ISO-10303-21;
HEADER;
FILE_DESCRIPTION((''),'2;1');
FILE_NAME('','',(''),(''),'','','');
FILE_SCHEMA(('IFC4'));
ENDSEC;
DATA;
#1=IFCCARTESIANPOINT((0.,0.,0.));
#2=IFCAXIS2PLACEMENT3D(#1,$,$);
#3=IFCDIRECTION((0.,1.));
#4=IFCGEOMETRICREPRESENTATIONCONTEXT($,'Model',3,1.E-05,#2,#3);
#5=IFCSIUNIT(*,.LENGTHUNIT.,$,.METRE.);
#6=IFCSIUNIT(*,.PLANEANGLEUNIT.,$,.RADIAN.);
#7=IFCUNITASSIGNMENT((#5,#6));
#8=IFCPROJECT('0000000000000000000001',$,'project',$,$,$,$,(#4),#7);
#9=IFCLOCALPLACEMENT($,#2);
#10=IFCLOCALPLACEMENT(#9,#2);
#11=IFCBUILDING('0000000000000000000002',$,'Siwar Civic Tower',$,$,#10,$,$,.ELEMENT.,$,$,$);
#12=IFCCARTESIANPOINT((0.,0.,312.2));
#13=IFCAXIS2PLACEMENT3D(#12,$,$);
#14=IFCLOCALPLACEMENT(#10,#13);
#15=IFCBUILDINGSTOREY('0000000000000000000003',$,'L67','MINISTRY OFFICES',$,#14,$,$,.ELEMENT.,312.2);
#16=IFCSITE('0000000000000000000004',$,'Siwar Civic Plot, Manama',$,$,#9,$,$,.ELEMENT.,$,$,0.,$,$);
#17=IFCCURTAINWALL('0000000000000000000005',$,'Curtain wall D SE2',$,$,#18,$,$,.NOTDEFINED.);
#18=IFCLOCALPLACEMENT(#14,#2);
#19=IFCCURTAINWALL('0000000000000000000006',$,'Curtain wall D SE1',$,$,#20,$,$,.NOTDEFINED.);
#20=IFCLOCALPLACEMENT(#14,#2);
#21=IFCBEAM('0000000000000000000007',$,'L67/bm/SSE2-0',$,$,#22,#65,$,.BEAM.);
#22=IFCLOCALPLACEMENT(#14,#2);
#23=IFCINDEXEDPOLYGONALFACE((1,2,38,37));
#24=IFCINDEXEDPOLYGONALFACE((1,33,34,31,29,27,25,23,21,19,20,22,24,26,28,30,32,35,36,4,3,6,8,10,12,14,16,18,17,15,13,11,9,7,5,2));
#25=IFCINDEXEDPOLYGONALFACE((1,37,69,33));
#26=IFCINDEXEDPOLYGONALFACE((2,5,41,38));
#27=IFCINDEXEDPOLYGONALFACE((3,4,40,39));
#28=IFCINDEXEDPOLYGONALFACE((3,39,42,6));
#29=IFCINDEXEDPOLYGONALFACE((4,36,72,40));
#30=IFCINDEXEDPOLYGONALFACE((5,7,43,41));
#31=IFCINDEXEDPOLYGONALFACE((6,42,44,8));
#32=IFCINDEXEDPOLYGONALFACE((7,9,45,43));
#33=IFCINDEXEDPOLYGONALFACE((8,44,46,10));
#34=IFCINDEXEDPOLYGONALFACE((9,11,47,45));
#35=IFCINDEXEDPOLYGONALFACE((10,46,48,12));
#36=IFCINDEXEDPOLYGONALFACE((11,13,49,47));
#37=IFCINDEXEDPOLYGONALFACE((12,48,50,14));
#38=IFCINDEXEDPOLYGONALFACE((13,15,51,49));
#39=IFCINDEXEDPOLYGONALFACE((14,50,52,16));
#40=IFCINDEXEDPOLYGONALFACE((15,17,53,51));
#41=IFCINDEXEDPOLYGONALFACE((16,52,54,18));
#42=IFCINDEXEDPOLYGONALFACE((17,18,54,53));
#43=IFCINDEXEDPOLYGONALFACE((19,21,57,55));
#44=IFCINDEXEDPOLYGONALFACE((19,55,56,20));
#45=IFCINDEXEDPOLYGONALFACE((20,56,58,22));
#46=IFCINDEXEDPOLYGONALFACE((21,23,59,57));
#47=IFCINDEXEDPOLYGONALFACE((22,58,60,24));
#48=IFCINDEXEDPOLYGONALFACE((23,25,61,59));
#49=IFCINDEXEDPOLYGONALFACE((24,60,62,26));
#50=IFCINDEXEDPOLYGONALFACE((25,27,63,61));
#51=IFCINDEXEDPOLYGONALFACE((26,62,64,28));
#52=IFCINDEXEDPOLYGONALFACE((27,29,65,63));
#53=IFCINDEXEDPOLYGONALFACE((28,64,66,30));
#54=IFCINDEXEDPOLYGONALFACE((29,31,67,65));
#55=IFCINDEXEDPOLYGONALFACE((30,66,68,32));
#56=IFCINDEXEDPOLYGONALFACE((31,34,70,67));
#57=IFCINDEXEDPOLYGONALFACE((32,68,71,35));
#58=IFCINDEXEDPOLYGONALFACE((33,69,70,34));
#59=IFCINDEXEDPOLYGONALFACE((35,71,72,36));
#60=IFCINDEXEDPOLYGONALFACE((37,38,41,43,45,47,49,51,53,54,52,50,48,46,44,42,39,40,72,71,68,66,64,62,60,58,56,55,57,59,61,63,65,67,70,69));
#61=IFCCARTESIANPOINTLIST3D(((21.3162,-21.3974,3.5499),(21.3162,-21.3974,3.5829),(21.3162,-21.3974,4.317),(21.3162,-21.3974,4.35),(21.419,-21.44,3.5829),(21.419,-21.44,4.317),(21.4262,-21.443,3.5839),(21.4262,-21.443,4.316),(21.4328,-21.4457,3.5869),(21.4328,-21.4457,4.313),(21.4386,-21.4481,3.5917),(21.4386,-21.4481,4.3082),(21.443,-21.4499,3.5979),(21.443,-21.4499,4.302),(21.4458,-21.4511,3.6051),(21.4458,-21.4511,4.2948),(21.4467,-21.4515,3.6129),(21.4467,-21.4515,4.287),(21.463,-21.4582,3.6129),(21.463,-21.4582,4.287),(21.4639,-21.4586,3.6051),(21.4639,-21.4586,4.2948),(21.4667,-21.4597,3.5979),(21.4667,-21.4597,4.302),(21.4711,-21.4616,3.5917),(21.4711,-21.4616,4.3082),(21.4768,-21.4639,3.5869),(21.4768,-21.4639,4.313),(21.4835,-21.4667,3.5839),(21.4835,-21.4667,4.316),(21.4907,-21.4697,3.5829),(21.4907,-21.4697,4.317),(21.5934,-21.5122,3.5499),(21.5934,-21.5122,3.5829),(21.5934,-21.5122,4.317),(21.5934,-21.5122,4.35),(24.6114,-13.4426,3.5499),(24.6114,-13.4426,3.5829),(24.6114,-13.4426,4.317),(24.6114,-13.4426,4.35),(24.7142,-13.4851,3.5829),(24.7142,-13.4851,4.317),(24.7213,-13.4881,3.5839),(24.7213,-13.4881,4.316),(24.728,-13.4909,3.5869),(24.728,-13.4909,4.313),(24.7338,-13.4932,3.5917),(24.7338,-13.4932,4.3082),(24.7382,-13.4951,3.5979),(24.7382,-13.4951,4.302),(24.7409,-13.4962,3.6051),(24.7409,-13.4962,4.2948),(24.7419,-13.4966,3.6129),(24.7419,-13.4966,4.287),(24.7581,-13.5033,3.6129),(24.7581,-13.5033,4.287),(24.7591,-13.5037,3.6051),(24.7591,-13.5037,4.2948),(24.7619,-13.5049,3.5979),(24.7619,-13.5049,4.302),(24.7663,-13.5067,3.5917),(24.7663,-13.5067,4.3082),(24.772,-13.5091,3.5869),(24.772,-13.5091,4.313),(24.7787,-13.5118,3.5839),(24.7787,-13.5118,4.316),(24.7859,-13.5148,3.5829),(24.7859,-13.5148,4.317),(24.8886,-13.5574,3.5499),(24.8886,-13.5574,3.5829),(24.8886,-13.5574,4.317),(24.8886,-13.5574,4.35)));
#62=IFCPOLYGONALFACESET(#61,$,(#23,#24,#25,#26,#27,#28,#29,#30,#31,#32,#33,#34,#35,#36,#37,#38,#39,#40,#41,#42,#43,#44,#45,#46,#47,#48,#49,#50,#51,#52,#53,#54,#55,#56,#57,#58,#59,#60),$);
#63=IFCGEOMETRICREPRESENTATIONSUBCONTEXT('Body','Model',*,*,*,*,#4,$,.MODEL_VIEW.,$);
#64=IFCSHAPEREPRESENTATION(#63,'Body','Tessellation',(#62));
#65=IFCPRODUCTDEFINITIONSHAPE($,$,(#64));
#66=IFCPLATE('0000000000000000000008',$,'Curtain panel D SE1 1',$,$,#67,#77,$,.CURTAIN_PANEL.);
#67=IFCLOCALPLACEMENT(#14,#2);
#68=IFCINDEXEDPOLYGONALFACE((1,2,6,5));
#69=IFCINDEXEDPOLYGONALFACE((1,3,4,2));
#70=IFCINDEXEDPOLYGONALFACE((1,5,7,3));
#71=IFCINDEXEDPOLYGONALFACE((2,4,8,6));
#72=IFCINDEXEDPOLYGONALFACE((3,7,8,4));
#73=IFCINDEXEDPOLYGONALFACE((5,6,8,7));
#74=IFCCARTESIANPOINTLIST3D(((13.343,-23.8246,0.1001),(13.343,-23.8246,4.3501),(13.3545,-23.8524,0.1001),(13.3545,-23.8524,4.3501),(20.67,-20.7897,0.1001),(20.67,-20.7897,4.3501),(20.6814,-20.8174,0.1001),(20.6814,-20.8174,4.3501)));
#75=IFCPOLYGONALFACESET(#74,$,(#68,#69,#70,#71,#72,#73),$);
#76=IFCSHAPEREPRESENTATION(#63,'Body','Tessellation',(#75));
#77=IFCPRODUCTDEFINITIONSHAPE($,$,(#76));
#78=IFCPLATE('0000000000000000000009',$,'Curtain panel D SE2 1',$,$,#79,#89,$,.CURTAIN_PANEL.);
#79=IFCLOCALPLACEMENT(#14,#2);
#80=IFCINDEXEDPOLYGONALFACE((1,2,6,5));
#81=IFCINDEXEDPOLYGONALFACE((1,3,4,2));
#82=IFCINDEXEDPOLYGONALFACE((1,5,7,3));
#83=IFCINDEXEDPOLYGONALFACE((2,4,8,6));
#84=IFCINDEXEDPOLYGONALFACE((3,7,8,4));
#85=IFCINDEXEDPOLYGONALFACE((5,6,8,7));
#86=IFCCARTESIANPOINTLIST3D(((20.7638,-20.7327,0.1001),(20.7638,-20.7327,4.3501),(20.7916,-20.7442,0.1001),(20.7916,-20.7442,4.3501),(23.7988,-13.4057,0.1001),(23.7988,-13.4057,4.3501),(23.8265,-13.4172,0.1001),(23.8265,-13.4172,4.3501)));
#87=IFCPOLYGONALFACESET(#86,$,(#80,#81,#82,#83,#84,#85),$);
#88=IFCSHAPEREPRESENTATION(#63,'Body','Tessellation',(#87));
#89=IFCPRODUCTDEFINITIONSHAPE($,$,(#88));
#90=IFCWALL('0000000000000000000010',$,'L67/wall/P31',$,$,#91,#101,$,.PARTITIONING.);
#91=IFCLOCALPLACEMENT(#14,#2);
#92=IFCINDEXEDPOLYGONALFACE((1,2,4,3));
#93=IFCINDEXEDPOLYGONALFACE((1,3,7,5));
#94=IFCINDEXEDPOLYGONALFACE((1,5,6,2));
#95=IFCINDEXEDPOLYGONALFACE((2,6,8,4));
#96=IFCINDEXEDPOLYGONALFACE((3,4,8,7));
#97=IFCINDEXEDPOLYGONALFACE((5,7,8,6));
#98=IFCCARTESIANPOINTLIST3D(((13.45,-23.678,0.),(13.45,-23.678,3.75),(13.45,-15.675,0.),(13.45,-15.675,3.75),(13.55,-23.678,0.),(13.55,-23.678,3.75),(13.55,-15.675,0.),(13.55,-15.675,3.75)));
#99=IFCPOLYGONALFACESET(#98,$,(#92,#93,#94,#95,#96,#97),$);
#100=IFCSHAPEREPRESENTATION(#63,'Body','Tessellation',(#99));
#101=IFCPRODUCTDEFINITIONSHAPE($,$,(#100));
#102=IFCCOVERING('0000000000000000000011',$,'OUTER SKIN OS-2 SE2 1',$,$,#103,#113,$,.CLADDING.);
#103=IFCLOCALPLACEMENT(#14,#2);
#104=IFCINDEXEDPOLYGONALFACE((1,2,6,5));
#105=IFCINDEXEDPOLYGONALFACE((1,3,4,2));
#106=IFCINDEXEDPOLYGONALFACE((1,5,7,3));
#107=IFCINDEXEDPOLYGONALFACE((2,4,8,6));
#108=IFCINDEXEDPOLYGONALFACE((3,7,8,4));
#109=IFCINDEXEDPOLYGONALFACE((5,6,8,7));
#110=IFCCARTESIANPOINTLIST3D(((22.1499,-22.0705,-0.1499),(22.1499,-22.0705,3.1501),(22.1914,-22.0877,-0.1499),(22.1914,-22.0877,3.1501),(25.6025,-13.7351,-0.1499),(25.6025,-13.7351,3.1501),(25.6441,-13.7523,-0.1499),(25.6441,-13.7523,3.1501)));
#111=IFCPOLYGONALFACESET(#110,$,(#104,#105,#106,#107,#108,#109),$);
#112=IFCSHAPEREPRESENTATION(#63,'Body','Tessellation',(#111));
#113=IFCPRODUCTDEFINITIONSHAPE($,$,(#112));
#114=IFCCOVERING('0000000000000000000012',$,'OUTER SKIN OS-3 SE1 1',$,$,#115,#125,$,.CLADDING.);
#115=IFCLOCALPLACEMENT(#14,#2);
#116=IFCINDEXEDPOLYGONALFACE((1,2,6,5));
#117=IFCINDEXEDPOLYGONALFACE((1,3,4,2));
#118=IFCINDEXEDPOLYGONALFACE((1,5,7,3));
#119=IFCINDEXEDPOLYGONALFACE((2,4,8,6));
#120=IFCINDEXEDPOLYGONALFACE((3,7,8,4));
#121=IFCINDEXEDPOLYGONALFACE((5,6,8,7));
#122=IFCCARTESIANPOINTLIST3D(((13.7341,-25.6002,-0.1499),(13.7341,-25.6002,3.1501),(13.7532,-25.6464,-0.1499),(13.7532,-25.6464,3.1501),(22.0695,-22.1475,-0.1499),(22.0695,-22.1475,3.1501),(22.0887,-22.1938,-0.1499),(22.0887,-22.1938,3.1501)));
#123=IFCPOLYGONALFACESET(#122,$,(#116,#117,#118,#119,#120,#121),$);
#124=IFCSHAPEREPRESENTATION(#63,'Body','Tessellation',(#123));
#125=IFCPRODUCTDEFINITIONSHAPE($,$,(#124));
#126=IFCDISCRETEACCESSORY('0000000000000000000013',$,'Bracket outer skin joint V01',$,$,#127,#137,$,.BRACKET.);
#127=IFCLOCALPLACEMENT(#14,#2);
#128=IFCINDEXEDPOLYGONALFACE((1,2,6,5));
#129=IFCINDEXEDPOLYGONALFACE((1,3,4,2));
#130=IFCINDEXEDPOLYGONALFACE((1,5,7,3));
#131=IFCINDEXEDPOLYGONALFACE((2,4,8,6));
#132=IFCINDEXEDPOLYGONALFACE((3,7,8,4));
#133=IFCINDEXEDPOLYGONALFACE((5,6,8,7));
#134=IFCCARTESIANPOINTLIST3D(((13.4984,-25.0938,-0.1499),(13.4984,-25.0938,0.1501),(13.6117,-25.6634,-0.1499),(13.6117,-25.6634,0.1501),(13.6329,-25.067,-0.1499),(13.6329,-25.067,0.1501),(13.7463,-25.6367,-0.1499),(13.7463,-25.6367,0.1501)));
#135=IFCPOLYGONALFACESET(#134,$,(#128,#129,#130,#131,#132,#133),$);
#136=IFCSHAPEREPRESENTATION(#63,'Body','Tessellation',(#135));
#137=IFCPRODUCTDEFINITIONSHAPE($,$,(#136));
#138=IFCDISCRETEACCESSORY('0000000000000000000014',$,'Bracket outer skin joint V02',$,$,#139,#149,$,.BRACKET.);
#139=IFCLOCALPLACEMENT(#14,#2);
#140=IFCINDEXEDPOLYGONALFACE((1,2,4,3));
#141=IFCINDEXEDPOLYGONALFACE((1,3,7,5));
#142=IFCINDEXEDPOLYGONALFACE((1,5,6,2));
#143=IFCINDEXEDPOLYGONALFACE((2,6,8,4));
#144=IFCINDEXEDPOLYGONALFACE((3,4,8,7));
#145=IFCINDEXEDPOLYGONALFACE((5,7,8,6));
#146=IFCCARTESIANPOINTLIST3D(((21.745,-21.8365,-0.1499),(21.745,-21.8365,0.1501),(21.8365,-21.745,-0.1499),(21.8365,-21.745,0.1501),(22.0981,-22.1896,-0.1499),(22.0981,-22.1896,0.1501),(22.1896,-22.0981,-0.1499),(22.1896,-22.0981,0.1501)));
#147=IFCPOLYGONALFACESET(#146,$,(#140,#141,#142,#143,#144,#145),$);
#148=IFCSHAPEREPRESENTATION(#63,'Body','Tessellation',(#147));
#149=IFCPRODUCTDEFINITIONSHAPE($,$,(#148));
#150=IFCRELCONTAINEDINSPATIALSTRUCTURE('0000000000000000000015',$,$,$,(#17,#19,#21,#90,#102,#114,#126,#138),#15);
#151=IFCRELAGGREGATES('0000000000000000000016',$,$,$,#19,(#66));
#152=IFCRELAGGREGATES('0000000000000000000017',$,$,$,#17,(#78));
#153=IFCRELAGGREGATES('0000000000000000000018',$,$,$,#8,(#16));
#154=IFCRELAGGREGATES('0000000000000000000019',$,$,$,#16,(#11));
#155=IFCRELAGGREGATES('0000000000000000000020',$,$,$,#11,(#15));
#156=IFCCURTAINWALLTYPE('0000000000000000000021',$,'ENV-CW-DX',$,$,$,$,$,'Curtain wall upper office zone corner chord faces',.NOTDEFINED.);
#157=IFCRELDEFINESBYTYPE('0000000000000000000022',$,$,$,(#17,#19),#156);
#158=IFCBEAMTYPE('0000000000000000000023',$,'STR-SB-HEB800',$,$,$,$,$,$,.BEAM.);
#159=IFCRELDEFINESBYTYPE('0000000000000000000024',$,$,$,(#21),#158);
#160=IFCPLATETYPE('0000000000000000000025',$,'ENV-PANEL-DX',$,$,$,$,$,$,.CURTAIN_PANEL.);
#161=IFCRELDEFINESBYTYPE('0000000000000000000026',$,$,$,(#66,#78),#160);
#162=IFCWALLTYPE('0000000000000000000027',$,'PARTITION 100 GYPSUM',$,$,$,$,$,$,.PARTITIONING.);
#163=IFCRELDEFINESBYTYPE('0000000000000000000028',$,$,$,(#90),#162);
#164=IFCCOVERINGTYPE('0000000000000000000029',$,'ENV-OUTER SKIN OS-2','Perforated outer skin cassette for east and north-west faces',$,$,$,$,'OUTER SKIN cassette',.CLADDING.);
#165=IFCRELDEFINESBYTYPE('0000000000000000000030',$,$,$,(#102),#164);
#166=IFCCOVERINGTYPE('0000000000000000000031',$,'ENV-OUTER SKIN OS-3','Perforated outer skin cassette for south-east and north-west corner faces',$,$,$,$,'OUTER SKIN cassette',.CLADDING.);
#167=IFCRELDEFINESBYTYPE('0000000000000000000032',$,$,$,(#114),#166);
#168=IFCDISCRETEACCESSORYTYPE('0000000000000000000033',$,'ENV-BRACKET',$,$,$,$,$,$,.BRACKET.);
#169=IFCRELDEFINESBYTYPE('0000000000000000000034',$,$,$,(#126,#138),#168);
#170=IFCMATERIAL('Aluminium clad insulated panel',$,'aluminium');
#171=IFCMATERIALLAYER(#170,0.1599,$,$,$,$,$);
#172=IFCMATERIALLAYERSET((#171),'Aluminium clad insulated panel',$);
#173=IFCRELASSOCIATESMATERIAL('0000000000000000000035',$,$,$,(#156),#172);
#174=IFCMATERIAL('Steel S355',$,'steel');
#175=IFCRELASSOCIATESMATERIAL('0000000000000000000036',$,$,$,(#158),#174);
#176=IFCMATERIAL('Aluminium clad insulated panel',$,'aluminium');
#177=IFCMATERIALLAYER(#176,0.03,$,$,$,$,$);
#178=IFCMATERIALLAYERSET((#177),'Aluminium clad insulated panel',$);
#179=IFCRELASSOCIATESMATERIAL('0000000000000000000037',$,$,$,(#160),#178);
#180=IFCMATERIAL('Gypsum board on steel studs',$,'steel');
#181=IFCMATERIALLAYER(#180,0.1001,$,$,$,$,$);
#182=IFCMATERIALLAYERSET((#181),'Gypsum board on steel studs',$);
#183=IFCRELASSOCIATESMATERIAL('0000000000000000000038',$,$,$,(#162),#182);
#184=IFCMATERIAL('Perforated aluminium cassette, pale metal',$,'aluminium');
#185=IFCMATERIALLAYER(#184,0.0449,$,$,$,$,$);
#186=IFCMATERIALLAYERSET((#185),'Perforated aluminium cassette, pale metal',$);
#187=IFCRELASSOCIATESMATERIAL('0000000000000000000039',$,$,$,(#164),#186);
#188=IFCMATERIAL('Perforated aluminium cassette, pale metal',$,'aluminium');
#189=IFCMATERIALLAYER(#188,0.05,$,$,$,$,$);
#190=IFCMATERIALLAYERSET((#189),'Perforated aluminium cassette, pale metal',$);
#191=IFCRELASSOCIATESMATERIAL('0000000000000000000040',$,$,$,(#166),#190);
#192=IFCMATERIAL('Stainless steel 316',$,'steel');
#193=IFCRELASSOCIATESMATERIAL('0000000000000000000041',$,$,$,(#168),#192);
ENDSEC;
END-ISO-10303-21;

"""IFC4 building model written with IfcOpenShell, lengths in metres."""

from ifc_helpers import new_model, si_unit, direction, frame, frame_2d, origin, origin_2d, place, context, subcontext, project, spatial, rectangle, i_section, extrude, material, layer, layer_set, material_profile, profile_set, type_object, element, aggregate, save


model = new_model("IFC4")

# Units and contexts
model_context = context("Model", 3, precision=1e-05, world=origin(), true_north=direction((0.0, 1.0)))
body_context = subcontext(model_context, "Body", "Model", "MODEL_VIEW")
ifc_project = project(units=[si_unit("LENGTHUNIT", "METRE"), si_unit("PLANEANGLEUNIT", "RADIAN")], contexts=[model_context])

# Site, building, storey
site_placement = place(None, origin())
site = spatial("IfcSite", under=ifc_project, at=site_placement, Name="Siwar Civic Plot, Manama", CompositionType="ELEMENT", RefElevation=0.0)
building_placement = place(site_placement, origin())
building = spatial("IfcBuilding", under=site, at=building_placement, Name="Siwar Civic Tower", CompositionType="ELEMENT")
storey_placement = place(building_placement, frame((0.0, 0.0, 312.2)))
storey = spatial("IfcBuildingStorey", under=building, at=storey_placement, Name="L67", Description="MINISTRY OFFICES", CompositionType="ELEMENT", Elevation=312.2)

# Curtain walls
ifc_material_1 = material(Name="Aluminium clad insulated panel", Category="aluminium")
ifc_layer_1 = layer(ifc_material_1, 0.1599)
ifc_layer_set_1 = layer_set([ifc_layer_1], Name="Aluminium clad insulated panel")
curtain_wall_type = type_object("IfcCurtainWallType", Name="ENV-CW-DX", ElementType="Curtain wall upper office zone corner chord faces", PredefinedType="NOTDEFINED", material=ifc_layer_set_1)
curtain_wall_1_placement = place(storey_placement, origin())
curtain_wall_1 = element("IfcCurtainWall", 1, at=curtain_wall_1_placement, inside=storey, type_object=curtain_wall_type, Name="Curtain wall D SE2", PredefinedType="NOTDEFINED")
curtain_wall_2_placement = place(storey_placement, origin())
curtain_wall_2 = element("IfcCurtainWall", 2, at=curtain_wall_2_placement, inside=storey, type_object=curtain_wall_type, Name="Curtain wall D SE1", PredefinedType="NOTDEFINED")

# Beam
ifc_material_2 = material(Name="Steel S355", Category="steel")
ifc_material_profile_1 = material_profile(ifc_material_2, i_section(OverallWidth=0.3, OverallDepth=0.8, WebThickness=0.0176, FlangeThickness=0.033, FilletRadius=0.03, at=origin_2d()), Name="HEB800")
ifc_profile_set_1 = profile_set([ifc_material_profile_1], Name="Steel S355")
beam_type_1 = type_object("IfcBeamType", Name="STR-SB-HEB800", PredefinedType="BEAM", material=ifc_profile_set_1)
for number, where, z_axis, x_axis, name in (
    (3, (21.4548, -21.4548, 3.95), (0.3827, 0.923873, 0.0), (-0.923873, 0.3827, 0.0), "L67/bm/SSE2-0"),
):
    element("IfcBeam", number, at=place(storey_placement, frame(where, z_axis=z_axis, x_axis=x_axis)), inside=storey, type_object=beam_type_1, Name=name, PredefinedType="BEAM", context=body_context, shape_type="SweptSolid", body=[
        extrude(i_section(OverallWidth=0.3, OverallDepth=0.8, WebThickness=0.0176, FlangeThickness=0.033, FilletRadius=0.03, at=origin_2d()), origin(), (0.0, 0.0, 1.0), 8.6104),
    ])

# Plates
ifc_material_3 = material(Name="Aluminium clad insulated panel", Category="aluminium")
ifc_layer_2 = layer(ifc_material_3, 0.03)
ifc_layer_set_2 = layer_set([ifc_layer_2], Name="Aluminium clad insulated panel")
plate_type = type_object("IfcPlateType", Name="ENV-PANEL-DX", PredefinedType="CURTAIN_PANEL", material=ifc_layer_set_2)
plate_1_placement = place(storey_placement, frame((17.0122, -22.321, 0.1001), z_axis=(0.0, 0.0, 1.0), x_axis=(0.92388, 0.382683, 0.0)))
plate_1 = element("IfcPlate", 4, at=plate_1_placement, type_object=plate_type, Name="Curtain panel D SE1 1", PredefinedType="CURTAIN_PANEL", context=body_context, shape_type="SweptSolid", body=[
    extrude(rectangle(XDim=7.9307, YDim=0.03, at=origin_2d()), origin(), (0.0, 0.0, 1.0), 4.25),
])
aggregate(curtain_wall_2, [plate_1])
plate_2_placement = place(storey_placement, frame((22.2952, -17.075, 0.1001), z_axis=(0.0, 0.0, 1.0), x_axis=(0.382683, 0.92388, 0.0)))
plate_2 = element("IfcPlate", 5, at=plate_2_placement, type_object=plate_type, Name="Curtain panel D SE2 1", PredefinedType="CURTAIN_PANEL", context=body_context, shape_type="SweptSolid", body=[
    extrude(rectangle(XDim=7.9307, YDim=0.03, at=origin_2d()), origin(), (0.0, 0.0, 1.0), 4.25),
])
aggregate(curtain_wall_1, [plate_2])

# Wall
ifc_material_4 = material(Name="Gypsum board on steel studs", Category="steel")
ifc_layer_3 = layer(ifc_material_4, 0.1001)
ifc_layer_set_3 = layer_set([ifc_layer_3], Name="Gypsum board on steel studs")
wall_type = type_object("IfcWallType", Name="PARTITION 100 GYPSUM", PredefinedType="PARTITIONING", material=ifc_layer_set_3)
wall_placement = place(storey_placement, frame((13.5, -23.678, 0.0), z_axis=(0.0, 0.0, 1.0), x_axis=(0.0, 1.0, 0.0)))
element("IfcWall", 6, at=wall_placement, inside=storey, type_object=wall_type, Name="L67/wall/P31", PredefinedType="PARTITIONING", context=body_context, shape_type="SweptSolid", body=[
    extrude(rectangle(XDim=8.0029, YDim=0.1001, at=frame_2d((4.0015, 0.0))), origin(), (0.0, 0.0, 1.0), 3.75),
])

# Coverings
ifc_material_5 = material(Name="Perforated aluminium cassette, pale metal", Category="aluminium")
ifc_layer_4 = layer(ifc_material_5, 0.0449)
ifc_layer_set_4 = layer_set([ifc_layer_4], Name="Perforated aluminium cassette, pale metal")
covering_type_1 = type_object("IfcCoveringType", Name="ENV-OUTER SKIN OS-2", Description="Perforated outer skin cassette for east and north-west faces", ElementType="OUTER SKIN cassette", PredefinedType="CLADDING", material=ifc_layer_set_4)
covering_1_placement = place(storey_placement, frame((23.897, -17.9114, -0.1499), z_axis=(0.0, 0.0, 1.0), x_axis=(0.382683, 0.92388, 0.0)))
element("IfcCovering", 7, at=covering_1_placement, inside=storey, type_object=covering_type_1, Name="OUTER SKIN OS-2 SE2 1", PredefinedType="CLADDING", context=body_context, shape_type="SweptSolid", body=[
    extrude(rectangle(XDim=9.0222, YDim=0.0449, at=origin_2d()), origin(), (0.0, 0.0, 1.0), 3.3),
])
ifc_material_6 = material(Name="Perforated aluminium cassette, pale metal", Category="aluminium")
ifc_layer_5 = layer(ifc_material_6, 0.05)
ifc_layer_set_5 = layer_set([ifc_layer_5], Name="Perforated aluminium cassette, pale metal")
covering_type_2 = type_object("IfcCoveringType", Name="ENV-OUTER SKIN OS-3", Description="Perforated outer skin cassette for south-east and north-west corner faces", ElementType="OUTER SKIN cassette", PredefinedType="CLADDING", material=ifc_layer_set_5)
covering_2_placement = place(storey_placement, frame((17.9114, -23.897, -0.1499), z_axis=(0.0, 0.0, 1.0), x_axis=(0.92388, 0.382683, 0.0)))
element("IfcCovering", 8, at=covering_2_placement, inside=storey, type_object=covering_type_2, Name="OUTER SKIN OS-3 SE1 1", PredefinedType="CLADDING", context=body_context, shape_type="SweptSolid", body=[
    extrude(rectangle(XDim=9.0222, YDim=0.05, at=origin_2d()), origin(), (0.0, 0.0, 1.0), 3.3),
])

# Discrete accessories
ifc_material_7 = material(Name="Stainless steel 316", Category="steel")
discrete_accessory_type = type_object("IfcDiscreteAccessoryType", Name="ENV-BRACKET", PredefinedType="BRACKET", material=ifc_material_7)
discrete_accessory_1_placement = place(storey_placement, frame((13.6223, -25.3652, -0.1499), z_axis=(0.0, 0.0, 1.0), x_axis=(0.19509, -0.980785, 0.0)))
element("IfcDiscreteAccessory", 9, at=discrete_accessory_1_placement, inside=storey, type_object=discrete_accessory_type, Name="Bracket outer skin joint V01", PredefinedType="BRACKET", context=body_context, shape_type="SweptSolid", body=[
    extrude(rectangle(XDim=0.5808, YDim=0.1372, at=origin_2d()), origin(), (0.0, 0.0, 1.0), 0.3),
])
discrete_accessory_2_placement = place(storey_placement, frame((21.9673, -21.9673, -0.1499), z_axis=(0.0, 0.0, 1.0), x_axis=(0.707107, -0.707107, 0.0)))
element("IfcDiscreteAccessory", 10, at=discrete_accessory_2_placement, inside=storey, type_object=discrete_accessory_type, Name="Bracket outer skin joint V02", PredefinedType="BRACKET", context=body_context, shape_type="SweptSolid", body=[
    extrude(rectangle(XDim=0.4993, YDim=0.1294, at=origin_2d()), origin(), (0.0, 0.0, 1.0), 0.3),
])

save(model, "model.ifc")
